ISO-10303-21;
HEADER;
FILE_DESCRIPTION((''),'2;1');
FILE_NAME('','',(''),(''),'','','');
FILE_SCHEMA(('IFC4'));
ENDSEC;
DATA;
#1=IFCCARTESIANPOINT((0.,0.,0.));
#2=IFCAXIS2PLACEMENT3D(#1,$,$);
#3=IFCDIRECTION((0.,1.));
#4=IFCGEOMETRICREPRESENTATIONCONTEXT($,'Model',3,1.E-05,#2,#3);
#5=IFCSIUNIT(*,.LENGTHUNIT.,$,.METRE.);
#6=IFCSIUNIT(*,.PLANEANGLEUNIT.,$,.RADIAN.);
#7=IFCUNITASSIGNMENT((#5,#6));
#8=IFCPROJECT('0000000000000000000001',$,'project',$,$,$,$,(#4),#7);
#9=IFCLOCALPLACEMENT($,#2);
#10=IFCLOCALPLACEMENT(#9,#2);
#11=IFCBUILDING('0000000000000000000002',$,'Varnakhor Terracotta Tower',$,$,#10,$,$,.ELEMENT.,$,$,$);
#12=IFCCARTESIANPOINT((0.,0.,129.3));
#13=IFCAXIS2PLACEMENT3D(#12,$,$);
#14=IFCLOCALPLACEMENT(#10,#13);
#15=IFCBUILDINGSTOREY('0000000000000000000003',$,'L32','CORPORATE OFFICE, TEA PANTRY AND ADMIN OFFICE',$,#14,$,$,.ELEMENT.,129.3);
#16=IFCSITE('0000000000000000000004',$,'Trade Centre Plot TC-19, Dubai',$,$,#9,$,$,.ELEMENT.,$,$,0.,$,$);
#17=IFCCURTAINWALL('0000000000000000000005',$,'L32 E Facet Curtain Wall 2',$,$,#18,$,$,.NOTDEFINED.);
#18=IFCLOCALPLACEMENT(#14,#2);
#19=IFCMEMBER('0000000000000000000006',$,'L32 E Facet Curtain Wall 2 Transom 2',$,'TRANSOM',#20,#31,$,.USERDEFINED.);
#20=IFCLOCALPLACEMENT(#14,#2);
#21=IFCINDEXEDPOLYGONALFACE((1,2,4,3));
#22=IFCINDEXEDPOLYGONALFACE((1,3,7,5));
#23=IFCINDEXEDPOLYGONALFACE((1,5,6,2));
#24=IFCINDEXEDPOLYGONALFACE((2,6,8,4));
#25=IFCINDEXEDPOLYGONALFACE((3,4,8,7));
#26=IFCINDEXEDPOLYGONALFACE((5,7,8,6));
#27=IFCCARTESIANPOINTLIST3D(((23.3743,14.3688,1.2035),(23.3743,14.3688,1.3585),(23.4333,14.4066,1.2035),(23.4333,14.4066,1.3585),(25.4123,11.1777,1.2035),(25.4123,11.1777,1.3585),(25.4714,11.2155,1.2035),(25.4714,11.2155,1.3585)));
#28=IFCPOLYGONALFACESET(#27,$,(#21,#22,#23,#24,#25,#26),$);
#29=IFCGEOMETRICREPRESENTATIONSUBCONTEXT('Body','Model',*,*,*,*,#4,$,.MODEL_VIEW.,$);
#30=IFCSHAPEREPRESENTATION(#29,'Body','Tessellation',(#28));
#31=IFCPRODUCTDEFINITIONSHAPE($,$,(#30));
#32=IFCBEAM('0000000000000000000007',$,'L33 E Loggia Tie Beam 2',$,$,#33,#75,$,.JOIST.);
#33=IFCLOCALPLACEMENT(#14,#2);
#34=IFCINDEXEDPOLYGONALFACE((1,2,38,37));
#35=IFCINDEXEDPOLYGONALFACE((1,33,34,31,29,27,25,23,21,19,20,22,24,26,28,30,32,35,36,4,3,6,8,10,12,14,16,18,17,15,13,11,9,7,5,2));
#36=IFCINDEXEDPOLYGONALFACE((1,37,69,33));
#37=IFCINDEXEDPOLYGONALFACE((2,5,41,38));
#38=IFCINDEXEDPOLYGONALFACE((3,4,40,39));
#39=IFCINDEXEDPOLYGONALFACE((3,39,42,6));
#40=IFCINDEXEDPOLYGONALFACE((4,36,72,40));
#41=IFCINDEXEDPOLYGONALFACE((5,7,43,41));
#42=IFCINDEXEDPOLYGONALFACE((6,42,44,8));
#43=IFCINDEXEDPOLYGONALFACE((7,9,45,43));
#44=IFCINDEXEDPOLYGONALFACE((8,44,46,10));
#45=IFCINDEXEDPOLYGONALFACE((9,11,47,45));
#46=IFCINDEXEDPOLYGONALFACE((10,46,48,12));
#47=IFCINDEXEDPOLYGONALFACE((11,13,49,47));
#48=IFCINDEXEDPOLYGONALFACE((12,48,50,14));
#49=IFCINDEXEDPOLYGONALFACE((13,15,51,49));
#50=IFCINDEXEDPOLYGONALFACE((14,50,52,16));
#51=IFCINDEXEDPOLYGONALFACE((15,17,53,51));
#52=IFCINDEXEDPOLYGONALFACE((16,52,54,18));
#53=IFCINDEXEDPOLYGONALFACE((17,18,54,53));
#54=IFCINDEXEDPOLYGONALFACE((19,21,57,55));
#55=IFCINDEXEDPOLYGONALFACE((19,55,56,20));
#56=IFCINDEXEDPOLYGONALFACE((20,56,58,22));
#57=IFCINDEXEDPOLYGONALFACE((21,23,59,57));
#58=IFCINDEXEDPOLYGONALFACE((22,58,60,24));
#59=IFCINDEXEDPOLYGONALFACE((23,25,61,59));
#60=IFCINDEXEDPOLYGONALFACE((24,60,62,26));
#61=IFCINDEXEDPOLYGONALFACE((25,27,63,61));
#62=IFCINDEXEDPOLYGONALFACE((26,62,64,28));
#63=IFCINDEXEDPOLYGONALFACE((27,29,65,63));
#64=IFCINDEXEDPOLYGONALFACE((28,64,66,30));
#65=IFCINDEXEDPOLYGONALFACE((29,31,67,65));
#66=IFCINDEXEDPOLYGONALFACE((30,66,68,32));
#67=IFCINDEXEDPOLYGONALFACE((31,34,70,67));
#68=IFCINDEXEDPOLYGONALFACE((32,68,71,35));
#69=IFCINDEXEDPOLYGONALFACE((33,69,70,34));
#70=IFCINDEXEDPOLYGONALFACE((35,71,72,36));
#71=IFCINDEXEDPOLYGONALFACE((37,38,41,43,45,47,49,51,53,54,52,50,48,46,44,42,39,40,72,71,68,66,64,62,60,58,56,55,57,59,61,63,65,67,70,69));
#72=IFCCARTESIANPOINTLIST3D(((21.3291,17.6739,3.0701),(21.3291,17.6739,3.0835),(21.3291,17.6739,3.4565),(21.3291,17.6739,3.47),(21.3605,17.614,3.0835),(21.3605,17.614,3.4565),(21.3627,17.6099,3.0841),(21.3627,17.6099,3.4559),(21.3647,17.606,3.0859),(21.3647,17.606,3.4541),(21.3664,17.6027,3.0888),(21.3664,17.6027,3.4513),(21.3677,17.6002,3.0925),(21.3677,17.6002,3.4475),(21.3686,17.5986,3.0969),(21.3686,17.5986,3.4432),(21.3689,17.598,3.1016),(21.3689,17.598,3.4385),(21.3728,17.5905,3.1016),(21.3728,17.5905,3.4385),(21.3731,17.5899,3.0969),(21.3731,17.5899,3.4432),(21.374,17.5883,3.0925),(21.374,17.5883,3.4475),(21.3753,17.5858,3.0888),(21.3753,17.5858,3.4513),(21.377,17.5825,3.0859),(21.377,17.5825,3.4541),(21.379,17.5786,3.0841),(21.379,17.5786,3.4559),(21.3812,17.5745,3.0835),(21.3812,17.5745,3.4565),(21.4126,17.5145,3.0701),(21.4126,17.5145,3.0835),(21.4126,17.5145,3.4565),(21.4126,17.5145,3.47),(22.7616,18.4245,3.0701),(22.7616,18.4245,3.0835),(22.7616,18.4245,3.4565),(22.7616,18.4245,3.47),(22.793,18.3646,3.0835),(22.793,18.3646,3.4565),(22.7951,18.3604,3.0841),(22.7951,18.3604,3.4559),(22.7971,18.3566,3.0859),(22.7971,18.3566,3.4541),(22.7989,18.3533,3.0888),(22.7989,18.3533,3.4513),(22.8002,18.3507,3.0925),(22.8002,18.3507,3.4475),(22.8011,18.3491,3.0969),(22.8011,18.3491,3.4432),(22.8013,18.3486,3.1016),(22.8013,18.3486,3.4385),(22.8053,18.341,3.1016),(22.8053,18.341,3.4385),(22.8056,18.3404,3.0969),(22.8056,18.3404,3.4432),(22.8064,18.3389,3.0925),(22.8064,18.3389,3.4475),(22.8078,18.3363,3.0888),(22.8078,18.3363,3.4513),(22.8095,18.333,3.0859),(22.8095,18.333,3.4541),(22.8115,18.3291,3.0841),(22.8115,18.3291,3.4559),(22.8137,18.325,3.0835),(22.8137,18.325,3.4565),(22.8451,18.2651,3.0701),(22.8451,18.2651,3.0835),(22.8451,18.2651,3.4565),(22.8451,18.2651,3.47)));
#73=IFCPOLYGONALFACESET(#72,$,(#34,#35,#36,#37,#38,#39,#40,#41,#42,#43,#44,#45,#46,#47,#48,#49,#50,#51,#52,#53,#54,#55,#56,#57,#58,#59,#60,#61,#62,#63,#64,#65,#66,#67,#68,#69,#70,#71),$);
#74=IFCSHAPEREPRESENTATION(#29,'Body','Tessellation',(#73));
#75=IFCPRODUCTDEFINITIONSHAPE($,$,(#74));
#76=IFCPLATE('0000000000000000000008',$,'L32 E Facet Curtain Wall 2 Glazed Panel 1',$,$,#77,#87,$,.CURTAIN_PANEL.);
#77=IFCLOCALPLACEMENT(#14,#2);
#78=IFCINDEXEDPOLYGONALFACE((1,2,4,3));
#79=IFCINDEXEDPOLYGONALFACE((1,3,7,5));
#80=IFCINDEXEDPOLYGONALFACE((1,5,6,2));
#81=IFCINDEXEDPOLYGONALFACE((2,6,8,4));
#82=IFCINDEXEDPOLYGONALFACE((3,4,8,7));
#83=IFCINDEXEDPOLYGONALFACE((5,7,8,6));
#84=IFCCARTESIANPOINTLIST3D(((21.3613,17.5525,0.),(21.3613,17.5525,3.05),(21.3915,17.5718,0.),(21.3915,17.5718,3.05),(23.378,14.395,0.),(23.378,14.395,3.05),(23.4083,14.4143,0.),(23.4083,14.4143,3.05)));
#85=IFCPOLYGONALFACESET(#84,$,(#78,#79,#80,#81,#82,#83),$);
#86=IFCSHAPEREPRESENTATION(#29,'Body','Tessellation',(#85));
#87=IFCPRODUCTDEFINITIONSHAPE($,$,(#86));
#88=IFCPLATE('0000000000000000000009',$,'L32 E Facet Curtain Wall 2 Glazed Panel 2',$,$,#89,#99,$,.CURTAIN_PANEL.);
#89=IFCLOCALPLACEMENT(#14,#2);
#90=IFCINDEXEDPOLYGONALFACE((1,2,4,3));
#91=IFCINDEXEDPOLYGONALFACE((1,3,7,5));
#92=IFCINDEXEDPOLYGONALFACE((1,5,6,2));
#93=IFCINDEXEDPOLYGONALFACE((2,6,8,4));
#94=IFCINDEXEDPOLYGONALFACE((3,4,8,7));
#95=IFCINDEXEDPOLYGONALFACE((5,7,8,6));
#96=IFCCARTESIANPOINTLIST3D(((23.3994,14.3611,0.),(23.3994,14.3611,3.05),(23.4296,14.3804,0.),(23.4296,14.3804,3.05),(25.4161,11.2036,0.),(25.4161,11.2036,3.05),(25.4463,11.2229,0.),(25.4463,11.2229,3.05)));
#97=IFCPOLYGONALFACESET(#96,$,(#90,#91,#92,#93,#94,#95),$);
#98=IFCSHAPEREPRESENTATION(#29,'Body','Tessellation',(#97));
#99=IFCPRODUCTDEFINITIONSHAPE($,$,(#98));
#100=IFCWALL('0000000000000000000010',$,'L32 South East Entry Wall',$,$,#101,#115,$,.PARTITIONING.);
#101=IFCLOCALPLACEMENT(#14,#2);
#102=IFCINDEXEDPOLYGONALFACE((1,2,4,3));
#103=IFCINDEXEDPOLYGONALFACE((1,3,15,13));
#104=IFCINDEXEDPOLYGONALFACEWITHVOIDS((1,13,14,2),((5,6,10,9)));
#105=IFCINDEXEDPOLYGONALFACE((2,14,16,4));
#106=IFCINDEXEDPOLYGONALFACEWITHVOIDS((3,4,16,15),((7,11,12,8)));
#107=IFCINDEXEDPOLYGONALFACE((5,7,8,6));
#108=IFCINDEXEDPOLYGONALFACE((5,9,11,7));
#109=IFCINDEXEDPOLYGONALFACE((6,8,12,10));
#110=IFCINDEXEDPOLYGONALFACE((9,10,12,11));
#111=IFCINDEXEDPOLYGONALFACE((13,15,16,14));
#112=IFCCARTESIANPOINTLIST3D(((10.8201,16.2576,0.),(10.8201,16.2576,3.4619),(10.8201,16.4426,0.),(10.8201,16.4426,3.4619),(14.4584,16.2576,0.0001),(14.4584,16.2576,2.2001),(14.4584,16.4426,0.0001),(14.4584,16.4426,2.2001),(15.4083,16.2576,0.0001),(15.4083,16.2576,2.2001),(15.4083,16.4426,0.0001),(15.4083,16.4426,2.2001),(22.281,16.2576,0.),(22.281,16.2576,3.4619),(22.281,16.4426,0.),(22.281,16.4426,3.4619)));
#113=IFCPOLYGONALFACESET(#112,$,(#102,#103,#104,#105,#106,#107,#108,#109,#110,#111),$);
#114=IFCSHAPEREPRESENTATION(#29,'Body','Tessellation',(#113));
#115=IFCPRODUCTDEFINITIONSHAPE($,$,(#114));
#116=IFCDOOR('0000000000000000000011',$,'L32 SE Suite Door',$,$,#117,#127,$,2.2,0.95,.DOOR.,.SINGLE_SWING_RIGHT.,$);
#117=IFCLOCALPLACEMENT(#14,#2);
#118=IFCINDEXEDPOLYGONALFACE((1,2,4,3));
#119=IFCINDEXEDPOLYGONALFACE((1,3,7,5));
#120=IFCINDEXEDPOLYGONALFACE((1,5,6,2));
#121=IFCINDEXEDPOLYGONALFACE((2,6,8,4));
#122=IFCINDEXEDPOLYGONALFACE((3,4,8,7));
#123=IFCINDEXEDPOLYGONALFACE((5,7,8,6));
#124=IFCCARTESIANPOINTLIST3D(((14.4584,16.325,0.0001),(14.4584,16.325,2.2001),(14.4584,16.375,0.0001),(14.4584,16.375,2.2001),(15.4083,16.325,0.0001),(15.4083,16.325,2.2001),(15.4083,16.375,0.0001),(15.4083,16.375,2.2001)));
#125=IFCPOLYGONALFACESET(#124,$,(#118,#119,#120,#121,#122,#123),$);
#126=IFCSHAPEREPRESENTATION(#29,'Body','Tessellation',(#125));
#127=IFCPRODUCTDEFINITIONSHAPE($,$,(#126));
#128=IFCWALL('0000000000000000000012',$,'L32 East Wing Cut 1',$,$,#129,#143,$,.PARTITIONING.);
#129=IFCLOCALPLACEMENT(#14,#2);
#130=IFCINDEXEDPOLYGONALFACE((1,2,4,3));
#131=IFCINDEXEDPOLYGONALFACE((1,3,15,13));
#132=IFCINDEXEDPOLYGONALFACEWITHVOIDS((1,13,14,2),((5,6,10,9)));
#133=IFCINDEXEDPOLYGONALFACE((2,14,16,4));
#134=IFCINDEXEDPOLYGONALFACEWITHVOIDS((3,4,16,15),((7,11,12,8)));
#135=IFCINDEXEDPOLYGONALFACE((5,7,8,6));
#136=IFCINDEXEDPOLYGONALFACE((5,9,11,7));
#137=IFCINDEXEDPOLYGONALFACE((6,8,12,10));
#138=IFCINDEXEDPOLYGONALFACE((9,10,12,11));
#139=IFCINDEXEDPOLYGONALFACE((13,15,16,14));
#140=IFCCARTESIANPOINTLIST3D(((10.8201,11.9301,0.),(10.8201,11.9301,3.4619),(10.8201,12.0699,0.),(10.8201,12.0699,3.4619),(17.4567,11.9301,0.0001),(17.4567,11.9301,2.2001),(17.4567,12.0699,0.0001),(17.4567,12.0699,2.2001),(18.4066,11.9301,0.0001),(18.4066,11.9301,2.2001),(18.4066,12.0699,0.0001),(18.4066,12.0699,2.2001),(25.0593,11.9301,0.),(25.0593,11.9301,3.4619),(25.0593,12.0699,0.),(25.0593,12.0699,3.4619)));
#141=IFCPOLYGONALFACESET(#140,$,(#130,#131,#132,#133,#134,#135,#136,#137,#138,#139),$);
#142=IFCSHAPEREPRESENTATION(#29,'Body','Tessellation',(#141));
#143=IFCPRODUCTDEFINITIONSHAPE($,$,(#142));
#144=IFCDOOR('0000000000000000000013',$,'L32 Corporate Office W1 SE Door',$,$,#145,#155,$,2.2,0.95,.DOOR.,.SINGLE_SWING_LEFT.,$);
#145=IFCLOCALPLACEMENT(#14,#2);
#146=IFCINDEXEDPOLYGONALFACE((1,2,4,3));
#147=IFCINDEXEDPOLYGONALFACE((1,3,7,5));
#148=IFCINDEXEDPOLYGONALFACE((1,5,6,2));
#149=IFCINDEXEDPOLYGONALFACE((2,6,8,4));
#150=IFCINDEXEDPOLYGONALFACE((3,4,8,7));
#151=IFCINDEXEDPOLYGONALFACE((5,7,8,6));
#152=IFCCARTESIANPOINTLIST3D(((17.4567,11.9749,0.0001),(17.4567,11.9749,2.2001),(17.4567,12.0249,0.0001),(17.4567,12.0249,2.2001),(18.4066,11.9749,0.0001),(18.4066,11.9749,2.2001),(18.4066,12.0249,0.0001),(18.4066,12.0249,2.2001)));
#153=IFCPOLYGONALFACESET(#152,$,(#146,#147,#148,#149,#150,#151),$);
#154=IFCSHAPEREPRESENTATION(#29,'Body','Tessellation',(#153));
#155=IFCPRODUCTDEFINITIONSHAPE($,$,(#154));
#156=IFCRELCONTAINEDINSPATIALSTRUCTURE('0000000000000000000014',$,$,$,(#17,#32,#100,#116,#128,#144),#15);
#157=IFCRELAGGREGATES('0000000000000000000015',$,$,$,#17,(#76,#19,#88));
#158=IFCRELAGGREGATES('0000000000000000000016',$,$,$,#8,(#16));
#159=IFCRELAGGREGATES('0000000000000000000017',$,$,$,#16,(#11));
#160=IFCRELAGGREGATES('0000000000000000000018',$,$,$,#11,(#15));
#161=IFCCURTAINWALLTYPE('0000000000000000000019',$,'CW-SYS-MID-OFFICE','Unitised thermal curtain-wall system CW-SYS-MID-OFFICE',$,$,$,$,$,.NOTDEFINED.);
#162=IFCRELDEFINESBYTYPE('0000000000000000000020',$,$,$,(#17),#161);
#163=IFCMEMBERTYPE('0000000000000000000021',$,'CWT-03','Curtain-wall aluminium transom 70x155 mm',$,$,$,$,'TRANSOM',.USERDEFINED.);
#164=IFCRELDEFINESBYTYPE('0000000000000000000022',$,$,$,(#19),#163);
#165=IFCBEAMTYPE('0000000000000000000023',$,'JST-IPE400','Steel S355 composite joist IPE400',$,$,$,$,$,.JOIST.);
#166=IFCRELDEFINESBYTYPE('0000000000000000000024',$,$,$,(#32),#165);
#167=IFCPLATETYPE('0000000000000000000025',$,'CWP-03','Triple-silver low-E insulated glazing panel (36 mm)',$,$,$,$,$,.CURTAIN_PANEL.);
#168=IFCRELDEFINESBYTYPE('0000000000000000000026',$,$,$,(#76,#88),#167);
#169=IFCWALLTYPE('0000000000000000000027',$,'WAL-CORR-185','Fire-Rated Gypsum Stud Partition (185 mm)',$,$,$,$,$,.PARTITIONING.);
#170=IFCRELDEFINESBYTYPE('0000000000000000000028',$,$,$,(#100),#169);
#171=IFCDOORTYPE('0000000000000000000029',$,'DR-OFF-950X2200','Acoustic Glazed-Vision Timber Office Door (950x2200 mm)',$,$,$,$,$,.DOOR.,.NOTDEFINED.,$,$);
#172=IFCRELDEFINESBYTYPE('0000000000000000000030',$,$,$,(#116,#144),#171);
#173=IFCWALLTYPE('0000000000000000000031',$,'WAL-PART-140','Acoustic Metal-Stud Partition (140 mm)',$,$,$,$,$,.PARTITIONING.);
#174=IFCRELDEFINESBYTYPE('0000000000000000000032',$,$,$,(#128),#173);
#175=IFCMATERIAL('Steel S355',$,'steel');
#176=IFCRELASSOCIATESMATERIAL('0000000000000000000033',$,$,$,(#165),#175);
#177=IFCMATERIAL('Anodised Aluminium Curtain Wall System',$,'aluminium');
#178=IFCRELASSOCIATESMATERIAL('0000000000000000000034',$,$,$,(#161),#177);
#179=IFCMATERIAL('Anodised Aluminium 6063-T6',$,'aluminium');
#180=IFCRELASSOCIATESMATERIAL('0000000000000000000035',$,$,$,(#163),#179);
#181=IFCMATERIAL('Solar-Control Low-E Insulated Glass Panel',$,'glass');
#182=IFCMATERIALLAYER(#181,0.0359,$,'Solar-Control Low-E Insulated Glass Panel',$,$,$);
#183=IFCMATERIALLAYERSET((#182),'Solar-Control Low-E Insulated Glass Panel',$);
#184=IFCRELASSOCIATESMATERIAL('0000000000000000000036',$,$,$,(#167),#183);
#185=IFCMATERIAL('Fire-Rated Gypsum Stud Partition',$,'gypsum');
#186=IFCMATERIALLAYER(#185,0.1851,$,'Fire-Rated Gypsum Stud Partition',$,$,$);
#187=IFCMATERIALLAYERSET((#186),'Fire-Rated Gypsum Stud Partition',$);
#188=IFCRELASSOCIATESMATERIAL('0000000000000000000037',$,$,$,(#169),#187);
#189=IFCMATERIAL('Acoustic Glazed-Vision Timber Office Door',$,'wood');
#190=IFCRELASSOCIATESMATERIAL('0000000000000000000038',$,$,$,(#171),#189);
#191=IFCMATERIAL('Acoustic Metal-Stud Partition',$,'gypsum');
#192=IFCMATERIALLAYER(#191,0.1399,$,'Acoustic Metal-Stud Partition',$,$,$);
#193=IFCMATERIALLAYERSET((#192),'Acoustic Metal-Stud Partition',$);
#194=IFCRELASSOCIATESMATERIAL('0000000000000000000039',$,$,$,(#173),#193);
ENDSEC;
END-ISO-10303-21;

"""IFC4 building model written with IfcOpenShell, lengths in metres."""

from ifc_helpers import new_model, si_unit, direction, frame, frame_2d, origin, origin_2d, place, context, subcontext, project, spatial, rectangle, i_section, extrude, source, transform, mapped, material, layer, layer_set, material_profile, profile_set, type_object, type_shapes, element, fill, aggregate, save


model = new_model("IFC4")

# Units and contexts
model_context = context("Model", 3, precision=1e-05, world=origin(), true_north=direction((0.0, 1.0)))
body_context = subcontext(model_context, "Body", "Model", "MODEL_VIEW")
ifc_project = project(units=[si_unit("LENGTHUNIT", "METRE"), si_unit("PLANEANGLEUNIT", "RADIAN")], contexts=[model_context])

# Site, building, storey
site_placement = place(None, origin())
site = spatial("IfcSite", under=ifc_project, at=site_placement, Name="Trade Centre Plot TC-19, Dubai", CompositionType="ELEMENT", RefElevation=0.0)
building_placement = place(site_placement, origin())
building = spatial("IfcBuilding", under=site, at=building_placement, Name="Varnakhor Terracotta Tower", CompositionType="ELEMENT")
storey_placement = place(building_placement, frame((0.0, 0.0, 129.3)))
storey = spatial("IfcBuildingStorey", under=building, at=storey_placement, Name="L32", Description="CORPORATE OFFICE, TEA PANTRY AND ADMIN OFFICE", CompositionType="ELEMENT", Elevation=129.3)

# Shared definitions
ifc_material_1 = material(Name="Steel S355", Category="steel")
ifc_material_profile_1 = material_profile(ifc_material_1, i_section(OverallWidth=0.1799, OverallDepth=0.3999, WebThickness=0.0085, FlangeThickness=0.0134, FilletRadius=0.0181, at=origin_2d()), Name="IPE400")
ifc_profile_set_1 = profile_set([ifc_material_profile_1], Name="Steel S355")
beam_type_1 = type_object("IfcBeamType", Name="JST-IPE400", Description="Steel S355 composite joist IPE400", PredefinedType="JOIST", material=ifc_profile_set_1)

# Curtain wall, member
ifc_material_2 = material(Name="Anodised Aluminium Curtain Wall System", Category="aluminium")
curtain_wall_type = type_object("IfcCurtainWallType", Name="CW-SYS-MID-OFFICE", Description="Unitised thermal curtain-wall system CW-SYS-MID-OFFICE", PredefinedType="NOTDEFINED", material=ifc_material_2)
curtain_wall_placement = place(storey_placement, origin())
curtain_wall = element("IfcCurtainWall", 1, at=curtain_wall_placement, inside=storey, type_object=curtain_wall_type, Name="L32 E Facet Curtain Wall 2", PredefinedType="NOTDEFINED")
ifc_material_3 = material(Name="Anodised Aluminium 6063-T6", Category="aluminium")
ifc_material_profile_2 = material_profile(ifc_material_3, rectangle(XDim=0.0701, YDim=0.155, at=origin_2d()), Name="ALU TRANSOM 70x155")
ifc_profile_set_2 = profile_set([ifc_material_profile_2], Name="Anodised Aluminium 6063-T6")
member_type_1 = type_object("IfcMemberType", Name="CWT-03", Description="Curtain-wall aluminium transom 70x155 mm", ElementType="TRANSOM", PredefinedType="USERDEFINED", material=ifc_profile_set_2)
shared_shape_1 = source(origin(), body_context, "Body", "SweptSolid", [
    extrude(rectangle(XDim=0.0701, YDim=0.155, at=origin_2d()), origin(), (0.0, 0.0, 1.0), 3.7864),
])
member_1_placement = place(storey_placement, frame((23.4038, 14.3877, 1.281), z_axis=(0.538256, -0.842782, 0.0), x_axis=(0.842782, 0.538256, 0.0)))
member_1 = element("IfcMember", 2, at=member_1_placement, type_object=member_type_1, Name="L32 E Facet Curtain Wall 2 Transom 2", ObjectType="TRANSOM", PredefinedType="USERDEFINED", context=body_context, shape_type="MappedRepresentation", body=[
    mapped(shared_shape_1, transform((0.0, 0.0, 0.0), scale=1.0)),
])

# Beam
shared_shape_2 = source(origin(), body_context, "Body", "SweptSolid", [
    extrude(i_section(OverallWidth=0.1799, OverallDepth=0.3999, WebThickness=0.0085, FlangeThickness=0.0134, FilletRadius=0.0181, at=origin_2d()), origin(), (0.0, 0.0, 1.0), 1.6172),
])
beam_1_placement = place(storey_placement, frame((21.3708, 17.5942, 3.27), z_axis=(0.885781, 0.464103, 0.0), x_axis=(-0.464103, 0.885781, 0.0)))
element("IfcBeam", 3, at=beam_1_placement, inside=storey, type_object=beam_type_1, Name="L33 E Loggia Tie Beam 2", PredefinedType="JOIST", context=body_context, shape_type="MappedRepresentation", body=[
    mapped(shared_shape_2, transform((0.0, 0.0, 0.0), scale=1.0)),
])

# Plates
ifc_material_4 = material(Name="Solar-Control Low-E Insulated Glass Panel", Category="glass")
ifc_layer_1 = layer(ifc_material_4, 0.0359, Name="Solar-Control Low-E Insulated Glass Panel")
ifc_layer_set_1 = layer_set([ifc_layer_1], Name="Solar-Control Low-E Insulated Glass Panel")
plate_type = type_object("IfcPlateType", Name="CWP-03", Description="Triple-silver low-E insulated glazing panel (36 mm)", PredefinedType="CURTAIN_PANEL", material=ifc_layer_set_1)
shared_shape_3 = source(origin(), body_context, "Body", "SweptSolid", [
    extrude(rectangle(XDim=3.7466, YDim=0.0359, at=origin_2d()), origin(), (0.0, 0.0, 1.0), 3.05),
])
plate_1_placement = place(storey_placement, frame((22.3848, 15.9834, 0.0), z_axis=(0.0, 0.0, 1.0), x_axis=(0.538285, -0.842763, 0.0)))
plate_1 = element("IfcPlate", 4, at=plate_1_placement, type_object=plate_type, Name="L32 E Facet Curtain Wall 2 Glazed Panel 1", PredefinedType="CURTAIN_PANEL", context=body_context, shape_type="MappedRepresentation", body=[
    mapped(shared_shape_3, transform((0.0, 0.0, 0.0), scale=1.0)),
])
plate_2_placement = place(storey_placement, frame((24.4229, 12.792, 0.0), z_axis=(0.0, 0.0, 1.0), x_axis=(0.538285, -0.842763, 0.0)))
plate_2 = element("IfcPlate", 5, at=plate_2_placement, type_object=plate_type, Name="L32 E Facet Curtain Wall 2 Glazed Panel 2", PredefinedType="CURTAIN_PANEL", context=body_context, shape_type="MappedRepresentation", body=[
    mapped(shared_shape_3, transform((0.0, 0.0, 0.0), scale=1.0)),
])
aggregate(curtain_wall, [plate_1, member_1, plate_2])

# Walls, openings, doors
ifc_material_5 = material(Name="Fire-Rated Gypsum Stud Partition", Category="gypsum")
ifc_layer_2 = layer(ifc_material_5, 0.1851, Name="Fire-Rated Gypsum Stud Partition")
ifc_layer_set_2 = layer_set([ifc_layer_2], Name="Fire-Rated Gypsum Stud Partition")
wall_type_1 = type_object("IfcWallType", Name="WAL-CORR-185", Description="Fire-Rated Gypsum Stud Partition (185 mm)", PredefinedType="PARTITIONING", material=ifc_layer_set_2)
wall_1_placement = place(storey_placement, frame((10.8201, 16.3501, 0.0), z_axis=(0.0, 0.0, 1.0), x_axis=(1.0, 0.0, 0.0)))
wall_1 = element("IfcWall", 6, at=wall_1_placement, inside=storey, type_object=wall_type_1, Name="L32 South East Entry Wall", PredefinedType="PARTITIONING", context=body_context, shape_type="SweptSolid", body=[
    extrude(rectangle(XDim=11.4609, YDim=0.1851, at=frame_2d((5.7305, 0.0))), origin(), (0.0, 0.0, 1.0), 3.4619),
])
opening_1_placement = place(wall_1_placement, frame((3.6382, 0.0, 0.0)))
opening_1 = element("IfcOpeningElement", 7, at=opening_1_placement, cuts=wall_1, PredefinedType="OPENING", context=body_context, shape_type="SweptSolid", body=[
    extrude(rectangle(XDim=0.95, YDim=2.2, at=frame_2d((0.4751, 1.1001))), frame((0.0, 0.1025, 0.0), z_axis=(0.0, -1.0, 0.0), x_axis=(1.0, 0.0, 0.0)), (0.0, 0.0, 1.0), 0.2051),
])
ifc_material_6 = material(Name="Acoustic Glazed-Vision Timber Office Door", Category="wood")
door_type = type_object("IfcDoorType", Name="DR-OFF-950X2200", Description="Acoustic Glazed-Vision Timber Office Door (950x2200 mm)", OperationType="NOTDEFINED", PredefinedType="DOOR", material=ifc_material_6)
shared_shape_4 = source(origin(), body_context, "Body", "SweptSolid", [
    extrude(rectangle(XDim=0.95, YDim=2.2, at=frame_2d((0.4751, 1.1001))), frame((0.0, 0.0249, 0.0), z_axis=(0.0, -1.0, 0.0), x_axis=(1.0, 0.0, 0.0)), (0.0, 0.0, 1.0), 0.05),
])
type_shapes(door_type, [shared_shape_4])
door_1_placement = place(opening_1_placement, origin())
door_1 = element("IfcDoor", 8, at=door_1_placement, inside=storey, type_object=door_type, Name="L32 SE Suite Door", OperationType="SINGLE_SWING_RIGHT", OverallHeight=2.2, OverallWidth=0.95, PredefinedType="DOOR", context=body_context, shape_type="MappedRepresentation", body=[
    mapped(shared_shape_4, transform((0.0, 0.0, 0.0), scale=1.0)),
])
fill(opening_1, door_1)
ifc_material_7 = material(Name="Acoustic Metal-Stud Partition", Category="gypsum")
ifc_layer_3 = layer(ifc_material_7, 0.1399, Name="Acoustic Metal-Stud Partition")
ifc_layer_set_3 = layer_set([ifc_layer_3], Name="Acoustic Metal-Stud Partition")
wall_type_2 = type_object("IfcWallType", Name="WAL-PART-140", Description="Acoustic Metal-Stud Partition (140 mm)", PredefinedType="PARTITIONING", material=ifc_layer_set_3)
wall_2_placement = place(storey_placement, frame((10.8201, 12.0, 0.0), z_axis=(0.0, 0.0, 1.0), x_axis=(1.0, 0.0, 0.0)))
wall_2 = element("IfcWall", 9, at=wall_2_placement, inside=storey, type_object=wall_type_2, Name="L32 East Wing Cut 1", PredefinedType="PARTITIONING", context=body_context, shape_type="SweptSolid", body=[
    extrude(rectangle(XDim=14.2393, YDim=0.1399, at=frame_2d((7.1196, 0.0))), origin(), (0.0, 0.0, 1.0), 3.4619),
])
opening_2_placement = place(wall_2_placement, frame((6.6365, 0.0, 0.0)))
opening_2 = element("IfcOpeningElement", 10, at=opening_2_placement, cuts=wall_2, PredefinedType="OPENING", context=body_context, shape_type="SweptSolid", body=[
    extrude(rectangle(XDim=0.95, YDim=2.2, at=frame_2d((0.4751, 1.1001))), frame((0.0, 0.0801, 0.0), z_axis=(0.0, -1.0, 0.0), x_axis=(1.0, 0.0, 0.0)), (0.0, 0.0, 1.0), 0.1599),
])
door_2_placement = place(opening_2_placement, origin())
door_2 = element("IfcDoor", 11, at=door_2_placement, inside=storey, type_object=door_type, Name="L32 Corporate Office W1 SE Door", OperationType="SINGLE_SWING_LEFT", OverallHeight=2.2, OverallWidth=0.95, PredefinedType="DOOR", context=body_context, shape_type="MappedRepresentation", body=[
    mapped(shared_shape_4, transform((0.0, 0.0, 0.0), scale=1.0)),
])
fill(opening_2, door_2)

save(model, "model.ifc")
